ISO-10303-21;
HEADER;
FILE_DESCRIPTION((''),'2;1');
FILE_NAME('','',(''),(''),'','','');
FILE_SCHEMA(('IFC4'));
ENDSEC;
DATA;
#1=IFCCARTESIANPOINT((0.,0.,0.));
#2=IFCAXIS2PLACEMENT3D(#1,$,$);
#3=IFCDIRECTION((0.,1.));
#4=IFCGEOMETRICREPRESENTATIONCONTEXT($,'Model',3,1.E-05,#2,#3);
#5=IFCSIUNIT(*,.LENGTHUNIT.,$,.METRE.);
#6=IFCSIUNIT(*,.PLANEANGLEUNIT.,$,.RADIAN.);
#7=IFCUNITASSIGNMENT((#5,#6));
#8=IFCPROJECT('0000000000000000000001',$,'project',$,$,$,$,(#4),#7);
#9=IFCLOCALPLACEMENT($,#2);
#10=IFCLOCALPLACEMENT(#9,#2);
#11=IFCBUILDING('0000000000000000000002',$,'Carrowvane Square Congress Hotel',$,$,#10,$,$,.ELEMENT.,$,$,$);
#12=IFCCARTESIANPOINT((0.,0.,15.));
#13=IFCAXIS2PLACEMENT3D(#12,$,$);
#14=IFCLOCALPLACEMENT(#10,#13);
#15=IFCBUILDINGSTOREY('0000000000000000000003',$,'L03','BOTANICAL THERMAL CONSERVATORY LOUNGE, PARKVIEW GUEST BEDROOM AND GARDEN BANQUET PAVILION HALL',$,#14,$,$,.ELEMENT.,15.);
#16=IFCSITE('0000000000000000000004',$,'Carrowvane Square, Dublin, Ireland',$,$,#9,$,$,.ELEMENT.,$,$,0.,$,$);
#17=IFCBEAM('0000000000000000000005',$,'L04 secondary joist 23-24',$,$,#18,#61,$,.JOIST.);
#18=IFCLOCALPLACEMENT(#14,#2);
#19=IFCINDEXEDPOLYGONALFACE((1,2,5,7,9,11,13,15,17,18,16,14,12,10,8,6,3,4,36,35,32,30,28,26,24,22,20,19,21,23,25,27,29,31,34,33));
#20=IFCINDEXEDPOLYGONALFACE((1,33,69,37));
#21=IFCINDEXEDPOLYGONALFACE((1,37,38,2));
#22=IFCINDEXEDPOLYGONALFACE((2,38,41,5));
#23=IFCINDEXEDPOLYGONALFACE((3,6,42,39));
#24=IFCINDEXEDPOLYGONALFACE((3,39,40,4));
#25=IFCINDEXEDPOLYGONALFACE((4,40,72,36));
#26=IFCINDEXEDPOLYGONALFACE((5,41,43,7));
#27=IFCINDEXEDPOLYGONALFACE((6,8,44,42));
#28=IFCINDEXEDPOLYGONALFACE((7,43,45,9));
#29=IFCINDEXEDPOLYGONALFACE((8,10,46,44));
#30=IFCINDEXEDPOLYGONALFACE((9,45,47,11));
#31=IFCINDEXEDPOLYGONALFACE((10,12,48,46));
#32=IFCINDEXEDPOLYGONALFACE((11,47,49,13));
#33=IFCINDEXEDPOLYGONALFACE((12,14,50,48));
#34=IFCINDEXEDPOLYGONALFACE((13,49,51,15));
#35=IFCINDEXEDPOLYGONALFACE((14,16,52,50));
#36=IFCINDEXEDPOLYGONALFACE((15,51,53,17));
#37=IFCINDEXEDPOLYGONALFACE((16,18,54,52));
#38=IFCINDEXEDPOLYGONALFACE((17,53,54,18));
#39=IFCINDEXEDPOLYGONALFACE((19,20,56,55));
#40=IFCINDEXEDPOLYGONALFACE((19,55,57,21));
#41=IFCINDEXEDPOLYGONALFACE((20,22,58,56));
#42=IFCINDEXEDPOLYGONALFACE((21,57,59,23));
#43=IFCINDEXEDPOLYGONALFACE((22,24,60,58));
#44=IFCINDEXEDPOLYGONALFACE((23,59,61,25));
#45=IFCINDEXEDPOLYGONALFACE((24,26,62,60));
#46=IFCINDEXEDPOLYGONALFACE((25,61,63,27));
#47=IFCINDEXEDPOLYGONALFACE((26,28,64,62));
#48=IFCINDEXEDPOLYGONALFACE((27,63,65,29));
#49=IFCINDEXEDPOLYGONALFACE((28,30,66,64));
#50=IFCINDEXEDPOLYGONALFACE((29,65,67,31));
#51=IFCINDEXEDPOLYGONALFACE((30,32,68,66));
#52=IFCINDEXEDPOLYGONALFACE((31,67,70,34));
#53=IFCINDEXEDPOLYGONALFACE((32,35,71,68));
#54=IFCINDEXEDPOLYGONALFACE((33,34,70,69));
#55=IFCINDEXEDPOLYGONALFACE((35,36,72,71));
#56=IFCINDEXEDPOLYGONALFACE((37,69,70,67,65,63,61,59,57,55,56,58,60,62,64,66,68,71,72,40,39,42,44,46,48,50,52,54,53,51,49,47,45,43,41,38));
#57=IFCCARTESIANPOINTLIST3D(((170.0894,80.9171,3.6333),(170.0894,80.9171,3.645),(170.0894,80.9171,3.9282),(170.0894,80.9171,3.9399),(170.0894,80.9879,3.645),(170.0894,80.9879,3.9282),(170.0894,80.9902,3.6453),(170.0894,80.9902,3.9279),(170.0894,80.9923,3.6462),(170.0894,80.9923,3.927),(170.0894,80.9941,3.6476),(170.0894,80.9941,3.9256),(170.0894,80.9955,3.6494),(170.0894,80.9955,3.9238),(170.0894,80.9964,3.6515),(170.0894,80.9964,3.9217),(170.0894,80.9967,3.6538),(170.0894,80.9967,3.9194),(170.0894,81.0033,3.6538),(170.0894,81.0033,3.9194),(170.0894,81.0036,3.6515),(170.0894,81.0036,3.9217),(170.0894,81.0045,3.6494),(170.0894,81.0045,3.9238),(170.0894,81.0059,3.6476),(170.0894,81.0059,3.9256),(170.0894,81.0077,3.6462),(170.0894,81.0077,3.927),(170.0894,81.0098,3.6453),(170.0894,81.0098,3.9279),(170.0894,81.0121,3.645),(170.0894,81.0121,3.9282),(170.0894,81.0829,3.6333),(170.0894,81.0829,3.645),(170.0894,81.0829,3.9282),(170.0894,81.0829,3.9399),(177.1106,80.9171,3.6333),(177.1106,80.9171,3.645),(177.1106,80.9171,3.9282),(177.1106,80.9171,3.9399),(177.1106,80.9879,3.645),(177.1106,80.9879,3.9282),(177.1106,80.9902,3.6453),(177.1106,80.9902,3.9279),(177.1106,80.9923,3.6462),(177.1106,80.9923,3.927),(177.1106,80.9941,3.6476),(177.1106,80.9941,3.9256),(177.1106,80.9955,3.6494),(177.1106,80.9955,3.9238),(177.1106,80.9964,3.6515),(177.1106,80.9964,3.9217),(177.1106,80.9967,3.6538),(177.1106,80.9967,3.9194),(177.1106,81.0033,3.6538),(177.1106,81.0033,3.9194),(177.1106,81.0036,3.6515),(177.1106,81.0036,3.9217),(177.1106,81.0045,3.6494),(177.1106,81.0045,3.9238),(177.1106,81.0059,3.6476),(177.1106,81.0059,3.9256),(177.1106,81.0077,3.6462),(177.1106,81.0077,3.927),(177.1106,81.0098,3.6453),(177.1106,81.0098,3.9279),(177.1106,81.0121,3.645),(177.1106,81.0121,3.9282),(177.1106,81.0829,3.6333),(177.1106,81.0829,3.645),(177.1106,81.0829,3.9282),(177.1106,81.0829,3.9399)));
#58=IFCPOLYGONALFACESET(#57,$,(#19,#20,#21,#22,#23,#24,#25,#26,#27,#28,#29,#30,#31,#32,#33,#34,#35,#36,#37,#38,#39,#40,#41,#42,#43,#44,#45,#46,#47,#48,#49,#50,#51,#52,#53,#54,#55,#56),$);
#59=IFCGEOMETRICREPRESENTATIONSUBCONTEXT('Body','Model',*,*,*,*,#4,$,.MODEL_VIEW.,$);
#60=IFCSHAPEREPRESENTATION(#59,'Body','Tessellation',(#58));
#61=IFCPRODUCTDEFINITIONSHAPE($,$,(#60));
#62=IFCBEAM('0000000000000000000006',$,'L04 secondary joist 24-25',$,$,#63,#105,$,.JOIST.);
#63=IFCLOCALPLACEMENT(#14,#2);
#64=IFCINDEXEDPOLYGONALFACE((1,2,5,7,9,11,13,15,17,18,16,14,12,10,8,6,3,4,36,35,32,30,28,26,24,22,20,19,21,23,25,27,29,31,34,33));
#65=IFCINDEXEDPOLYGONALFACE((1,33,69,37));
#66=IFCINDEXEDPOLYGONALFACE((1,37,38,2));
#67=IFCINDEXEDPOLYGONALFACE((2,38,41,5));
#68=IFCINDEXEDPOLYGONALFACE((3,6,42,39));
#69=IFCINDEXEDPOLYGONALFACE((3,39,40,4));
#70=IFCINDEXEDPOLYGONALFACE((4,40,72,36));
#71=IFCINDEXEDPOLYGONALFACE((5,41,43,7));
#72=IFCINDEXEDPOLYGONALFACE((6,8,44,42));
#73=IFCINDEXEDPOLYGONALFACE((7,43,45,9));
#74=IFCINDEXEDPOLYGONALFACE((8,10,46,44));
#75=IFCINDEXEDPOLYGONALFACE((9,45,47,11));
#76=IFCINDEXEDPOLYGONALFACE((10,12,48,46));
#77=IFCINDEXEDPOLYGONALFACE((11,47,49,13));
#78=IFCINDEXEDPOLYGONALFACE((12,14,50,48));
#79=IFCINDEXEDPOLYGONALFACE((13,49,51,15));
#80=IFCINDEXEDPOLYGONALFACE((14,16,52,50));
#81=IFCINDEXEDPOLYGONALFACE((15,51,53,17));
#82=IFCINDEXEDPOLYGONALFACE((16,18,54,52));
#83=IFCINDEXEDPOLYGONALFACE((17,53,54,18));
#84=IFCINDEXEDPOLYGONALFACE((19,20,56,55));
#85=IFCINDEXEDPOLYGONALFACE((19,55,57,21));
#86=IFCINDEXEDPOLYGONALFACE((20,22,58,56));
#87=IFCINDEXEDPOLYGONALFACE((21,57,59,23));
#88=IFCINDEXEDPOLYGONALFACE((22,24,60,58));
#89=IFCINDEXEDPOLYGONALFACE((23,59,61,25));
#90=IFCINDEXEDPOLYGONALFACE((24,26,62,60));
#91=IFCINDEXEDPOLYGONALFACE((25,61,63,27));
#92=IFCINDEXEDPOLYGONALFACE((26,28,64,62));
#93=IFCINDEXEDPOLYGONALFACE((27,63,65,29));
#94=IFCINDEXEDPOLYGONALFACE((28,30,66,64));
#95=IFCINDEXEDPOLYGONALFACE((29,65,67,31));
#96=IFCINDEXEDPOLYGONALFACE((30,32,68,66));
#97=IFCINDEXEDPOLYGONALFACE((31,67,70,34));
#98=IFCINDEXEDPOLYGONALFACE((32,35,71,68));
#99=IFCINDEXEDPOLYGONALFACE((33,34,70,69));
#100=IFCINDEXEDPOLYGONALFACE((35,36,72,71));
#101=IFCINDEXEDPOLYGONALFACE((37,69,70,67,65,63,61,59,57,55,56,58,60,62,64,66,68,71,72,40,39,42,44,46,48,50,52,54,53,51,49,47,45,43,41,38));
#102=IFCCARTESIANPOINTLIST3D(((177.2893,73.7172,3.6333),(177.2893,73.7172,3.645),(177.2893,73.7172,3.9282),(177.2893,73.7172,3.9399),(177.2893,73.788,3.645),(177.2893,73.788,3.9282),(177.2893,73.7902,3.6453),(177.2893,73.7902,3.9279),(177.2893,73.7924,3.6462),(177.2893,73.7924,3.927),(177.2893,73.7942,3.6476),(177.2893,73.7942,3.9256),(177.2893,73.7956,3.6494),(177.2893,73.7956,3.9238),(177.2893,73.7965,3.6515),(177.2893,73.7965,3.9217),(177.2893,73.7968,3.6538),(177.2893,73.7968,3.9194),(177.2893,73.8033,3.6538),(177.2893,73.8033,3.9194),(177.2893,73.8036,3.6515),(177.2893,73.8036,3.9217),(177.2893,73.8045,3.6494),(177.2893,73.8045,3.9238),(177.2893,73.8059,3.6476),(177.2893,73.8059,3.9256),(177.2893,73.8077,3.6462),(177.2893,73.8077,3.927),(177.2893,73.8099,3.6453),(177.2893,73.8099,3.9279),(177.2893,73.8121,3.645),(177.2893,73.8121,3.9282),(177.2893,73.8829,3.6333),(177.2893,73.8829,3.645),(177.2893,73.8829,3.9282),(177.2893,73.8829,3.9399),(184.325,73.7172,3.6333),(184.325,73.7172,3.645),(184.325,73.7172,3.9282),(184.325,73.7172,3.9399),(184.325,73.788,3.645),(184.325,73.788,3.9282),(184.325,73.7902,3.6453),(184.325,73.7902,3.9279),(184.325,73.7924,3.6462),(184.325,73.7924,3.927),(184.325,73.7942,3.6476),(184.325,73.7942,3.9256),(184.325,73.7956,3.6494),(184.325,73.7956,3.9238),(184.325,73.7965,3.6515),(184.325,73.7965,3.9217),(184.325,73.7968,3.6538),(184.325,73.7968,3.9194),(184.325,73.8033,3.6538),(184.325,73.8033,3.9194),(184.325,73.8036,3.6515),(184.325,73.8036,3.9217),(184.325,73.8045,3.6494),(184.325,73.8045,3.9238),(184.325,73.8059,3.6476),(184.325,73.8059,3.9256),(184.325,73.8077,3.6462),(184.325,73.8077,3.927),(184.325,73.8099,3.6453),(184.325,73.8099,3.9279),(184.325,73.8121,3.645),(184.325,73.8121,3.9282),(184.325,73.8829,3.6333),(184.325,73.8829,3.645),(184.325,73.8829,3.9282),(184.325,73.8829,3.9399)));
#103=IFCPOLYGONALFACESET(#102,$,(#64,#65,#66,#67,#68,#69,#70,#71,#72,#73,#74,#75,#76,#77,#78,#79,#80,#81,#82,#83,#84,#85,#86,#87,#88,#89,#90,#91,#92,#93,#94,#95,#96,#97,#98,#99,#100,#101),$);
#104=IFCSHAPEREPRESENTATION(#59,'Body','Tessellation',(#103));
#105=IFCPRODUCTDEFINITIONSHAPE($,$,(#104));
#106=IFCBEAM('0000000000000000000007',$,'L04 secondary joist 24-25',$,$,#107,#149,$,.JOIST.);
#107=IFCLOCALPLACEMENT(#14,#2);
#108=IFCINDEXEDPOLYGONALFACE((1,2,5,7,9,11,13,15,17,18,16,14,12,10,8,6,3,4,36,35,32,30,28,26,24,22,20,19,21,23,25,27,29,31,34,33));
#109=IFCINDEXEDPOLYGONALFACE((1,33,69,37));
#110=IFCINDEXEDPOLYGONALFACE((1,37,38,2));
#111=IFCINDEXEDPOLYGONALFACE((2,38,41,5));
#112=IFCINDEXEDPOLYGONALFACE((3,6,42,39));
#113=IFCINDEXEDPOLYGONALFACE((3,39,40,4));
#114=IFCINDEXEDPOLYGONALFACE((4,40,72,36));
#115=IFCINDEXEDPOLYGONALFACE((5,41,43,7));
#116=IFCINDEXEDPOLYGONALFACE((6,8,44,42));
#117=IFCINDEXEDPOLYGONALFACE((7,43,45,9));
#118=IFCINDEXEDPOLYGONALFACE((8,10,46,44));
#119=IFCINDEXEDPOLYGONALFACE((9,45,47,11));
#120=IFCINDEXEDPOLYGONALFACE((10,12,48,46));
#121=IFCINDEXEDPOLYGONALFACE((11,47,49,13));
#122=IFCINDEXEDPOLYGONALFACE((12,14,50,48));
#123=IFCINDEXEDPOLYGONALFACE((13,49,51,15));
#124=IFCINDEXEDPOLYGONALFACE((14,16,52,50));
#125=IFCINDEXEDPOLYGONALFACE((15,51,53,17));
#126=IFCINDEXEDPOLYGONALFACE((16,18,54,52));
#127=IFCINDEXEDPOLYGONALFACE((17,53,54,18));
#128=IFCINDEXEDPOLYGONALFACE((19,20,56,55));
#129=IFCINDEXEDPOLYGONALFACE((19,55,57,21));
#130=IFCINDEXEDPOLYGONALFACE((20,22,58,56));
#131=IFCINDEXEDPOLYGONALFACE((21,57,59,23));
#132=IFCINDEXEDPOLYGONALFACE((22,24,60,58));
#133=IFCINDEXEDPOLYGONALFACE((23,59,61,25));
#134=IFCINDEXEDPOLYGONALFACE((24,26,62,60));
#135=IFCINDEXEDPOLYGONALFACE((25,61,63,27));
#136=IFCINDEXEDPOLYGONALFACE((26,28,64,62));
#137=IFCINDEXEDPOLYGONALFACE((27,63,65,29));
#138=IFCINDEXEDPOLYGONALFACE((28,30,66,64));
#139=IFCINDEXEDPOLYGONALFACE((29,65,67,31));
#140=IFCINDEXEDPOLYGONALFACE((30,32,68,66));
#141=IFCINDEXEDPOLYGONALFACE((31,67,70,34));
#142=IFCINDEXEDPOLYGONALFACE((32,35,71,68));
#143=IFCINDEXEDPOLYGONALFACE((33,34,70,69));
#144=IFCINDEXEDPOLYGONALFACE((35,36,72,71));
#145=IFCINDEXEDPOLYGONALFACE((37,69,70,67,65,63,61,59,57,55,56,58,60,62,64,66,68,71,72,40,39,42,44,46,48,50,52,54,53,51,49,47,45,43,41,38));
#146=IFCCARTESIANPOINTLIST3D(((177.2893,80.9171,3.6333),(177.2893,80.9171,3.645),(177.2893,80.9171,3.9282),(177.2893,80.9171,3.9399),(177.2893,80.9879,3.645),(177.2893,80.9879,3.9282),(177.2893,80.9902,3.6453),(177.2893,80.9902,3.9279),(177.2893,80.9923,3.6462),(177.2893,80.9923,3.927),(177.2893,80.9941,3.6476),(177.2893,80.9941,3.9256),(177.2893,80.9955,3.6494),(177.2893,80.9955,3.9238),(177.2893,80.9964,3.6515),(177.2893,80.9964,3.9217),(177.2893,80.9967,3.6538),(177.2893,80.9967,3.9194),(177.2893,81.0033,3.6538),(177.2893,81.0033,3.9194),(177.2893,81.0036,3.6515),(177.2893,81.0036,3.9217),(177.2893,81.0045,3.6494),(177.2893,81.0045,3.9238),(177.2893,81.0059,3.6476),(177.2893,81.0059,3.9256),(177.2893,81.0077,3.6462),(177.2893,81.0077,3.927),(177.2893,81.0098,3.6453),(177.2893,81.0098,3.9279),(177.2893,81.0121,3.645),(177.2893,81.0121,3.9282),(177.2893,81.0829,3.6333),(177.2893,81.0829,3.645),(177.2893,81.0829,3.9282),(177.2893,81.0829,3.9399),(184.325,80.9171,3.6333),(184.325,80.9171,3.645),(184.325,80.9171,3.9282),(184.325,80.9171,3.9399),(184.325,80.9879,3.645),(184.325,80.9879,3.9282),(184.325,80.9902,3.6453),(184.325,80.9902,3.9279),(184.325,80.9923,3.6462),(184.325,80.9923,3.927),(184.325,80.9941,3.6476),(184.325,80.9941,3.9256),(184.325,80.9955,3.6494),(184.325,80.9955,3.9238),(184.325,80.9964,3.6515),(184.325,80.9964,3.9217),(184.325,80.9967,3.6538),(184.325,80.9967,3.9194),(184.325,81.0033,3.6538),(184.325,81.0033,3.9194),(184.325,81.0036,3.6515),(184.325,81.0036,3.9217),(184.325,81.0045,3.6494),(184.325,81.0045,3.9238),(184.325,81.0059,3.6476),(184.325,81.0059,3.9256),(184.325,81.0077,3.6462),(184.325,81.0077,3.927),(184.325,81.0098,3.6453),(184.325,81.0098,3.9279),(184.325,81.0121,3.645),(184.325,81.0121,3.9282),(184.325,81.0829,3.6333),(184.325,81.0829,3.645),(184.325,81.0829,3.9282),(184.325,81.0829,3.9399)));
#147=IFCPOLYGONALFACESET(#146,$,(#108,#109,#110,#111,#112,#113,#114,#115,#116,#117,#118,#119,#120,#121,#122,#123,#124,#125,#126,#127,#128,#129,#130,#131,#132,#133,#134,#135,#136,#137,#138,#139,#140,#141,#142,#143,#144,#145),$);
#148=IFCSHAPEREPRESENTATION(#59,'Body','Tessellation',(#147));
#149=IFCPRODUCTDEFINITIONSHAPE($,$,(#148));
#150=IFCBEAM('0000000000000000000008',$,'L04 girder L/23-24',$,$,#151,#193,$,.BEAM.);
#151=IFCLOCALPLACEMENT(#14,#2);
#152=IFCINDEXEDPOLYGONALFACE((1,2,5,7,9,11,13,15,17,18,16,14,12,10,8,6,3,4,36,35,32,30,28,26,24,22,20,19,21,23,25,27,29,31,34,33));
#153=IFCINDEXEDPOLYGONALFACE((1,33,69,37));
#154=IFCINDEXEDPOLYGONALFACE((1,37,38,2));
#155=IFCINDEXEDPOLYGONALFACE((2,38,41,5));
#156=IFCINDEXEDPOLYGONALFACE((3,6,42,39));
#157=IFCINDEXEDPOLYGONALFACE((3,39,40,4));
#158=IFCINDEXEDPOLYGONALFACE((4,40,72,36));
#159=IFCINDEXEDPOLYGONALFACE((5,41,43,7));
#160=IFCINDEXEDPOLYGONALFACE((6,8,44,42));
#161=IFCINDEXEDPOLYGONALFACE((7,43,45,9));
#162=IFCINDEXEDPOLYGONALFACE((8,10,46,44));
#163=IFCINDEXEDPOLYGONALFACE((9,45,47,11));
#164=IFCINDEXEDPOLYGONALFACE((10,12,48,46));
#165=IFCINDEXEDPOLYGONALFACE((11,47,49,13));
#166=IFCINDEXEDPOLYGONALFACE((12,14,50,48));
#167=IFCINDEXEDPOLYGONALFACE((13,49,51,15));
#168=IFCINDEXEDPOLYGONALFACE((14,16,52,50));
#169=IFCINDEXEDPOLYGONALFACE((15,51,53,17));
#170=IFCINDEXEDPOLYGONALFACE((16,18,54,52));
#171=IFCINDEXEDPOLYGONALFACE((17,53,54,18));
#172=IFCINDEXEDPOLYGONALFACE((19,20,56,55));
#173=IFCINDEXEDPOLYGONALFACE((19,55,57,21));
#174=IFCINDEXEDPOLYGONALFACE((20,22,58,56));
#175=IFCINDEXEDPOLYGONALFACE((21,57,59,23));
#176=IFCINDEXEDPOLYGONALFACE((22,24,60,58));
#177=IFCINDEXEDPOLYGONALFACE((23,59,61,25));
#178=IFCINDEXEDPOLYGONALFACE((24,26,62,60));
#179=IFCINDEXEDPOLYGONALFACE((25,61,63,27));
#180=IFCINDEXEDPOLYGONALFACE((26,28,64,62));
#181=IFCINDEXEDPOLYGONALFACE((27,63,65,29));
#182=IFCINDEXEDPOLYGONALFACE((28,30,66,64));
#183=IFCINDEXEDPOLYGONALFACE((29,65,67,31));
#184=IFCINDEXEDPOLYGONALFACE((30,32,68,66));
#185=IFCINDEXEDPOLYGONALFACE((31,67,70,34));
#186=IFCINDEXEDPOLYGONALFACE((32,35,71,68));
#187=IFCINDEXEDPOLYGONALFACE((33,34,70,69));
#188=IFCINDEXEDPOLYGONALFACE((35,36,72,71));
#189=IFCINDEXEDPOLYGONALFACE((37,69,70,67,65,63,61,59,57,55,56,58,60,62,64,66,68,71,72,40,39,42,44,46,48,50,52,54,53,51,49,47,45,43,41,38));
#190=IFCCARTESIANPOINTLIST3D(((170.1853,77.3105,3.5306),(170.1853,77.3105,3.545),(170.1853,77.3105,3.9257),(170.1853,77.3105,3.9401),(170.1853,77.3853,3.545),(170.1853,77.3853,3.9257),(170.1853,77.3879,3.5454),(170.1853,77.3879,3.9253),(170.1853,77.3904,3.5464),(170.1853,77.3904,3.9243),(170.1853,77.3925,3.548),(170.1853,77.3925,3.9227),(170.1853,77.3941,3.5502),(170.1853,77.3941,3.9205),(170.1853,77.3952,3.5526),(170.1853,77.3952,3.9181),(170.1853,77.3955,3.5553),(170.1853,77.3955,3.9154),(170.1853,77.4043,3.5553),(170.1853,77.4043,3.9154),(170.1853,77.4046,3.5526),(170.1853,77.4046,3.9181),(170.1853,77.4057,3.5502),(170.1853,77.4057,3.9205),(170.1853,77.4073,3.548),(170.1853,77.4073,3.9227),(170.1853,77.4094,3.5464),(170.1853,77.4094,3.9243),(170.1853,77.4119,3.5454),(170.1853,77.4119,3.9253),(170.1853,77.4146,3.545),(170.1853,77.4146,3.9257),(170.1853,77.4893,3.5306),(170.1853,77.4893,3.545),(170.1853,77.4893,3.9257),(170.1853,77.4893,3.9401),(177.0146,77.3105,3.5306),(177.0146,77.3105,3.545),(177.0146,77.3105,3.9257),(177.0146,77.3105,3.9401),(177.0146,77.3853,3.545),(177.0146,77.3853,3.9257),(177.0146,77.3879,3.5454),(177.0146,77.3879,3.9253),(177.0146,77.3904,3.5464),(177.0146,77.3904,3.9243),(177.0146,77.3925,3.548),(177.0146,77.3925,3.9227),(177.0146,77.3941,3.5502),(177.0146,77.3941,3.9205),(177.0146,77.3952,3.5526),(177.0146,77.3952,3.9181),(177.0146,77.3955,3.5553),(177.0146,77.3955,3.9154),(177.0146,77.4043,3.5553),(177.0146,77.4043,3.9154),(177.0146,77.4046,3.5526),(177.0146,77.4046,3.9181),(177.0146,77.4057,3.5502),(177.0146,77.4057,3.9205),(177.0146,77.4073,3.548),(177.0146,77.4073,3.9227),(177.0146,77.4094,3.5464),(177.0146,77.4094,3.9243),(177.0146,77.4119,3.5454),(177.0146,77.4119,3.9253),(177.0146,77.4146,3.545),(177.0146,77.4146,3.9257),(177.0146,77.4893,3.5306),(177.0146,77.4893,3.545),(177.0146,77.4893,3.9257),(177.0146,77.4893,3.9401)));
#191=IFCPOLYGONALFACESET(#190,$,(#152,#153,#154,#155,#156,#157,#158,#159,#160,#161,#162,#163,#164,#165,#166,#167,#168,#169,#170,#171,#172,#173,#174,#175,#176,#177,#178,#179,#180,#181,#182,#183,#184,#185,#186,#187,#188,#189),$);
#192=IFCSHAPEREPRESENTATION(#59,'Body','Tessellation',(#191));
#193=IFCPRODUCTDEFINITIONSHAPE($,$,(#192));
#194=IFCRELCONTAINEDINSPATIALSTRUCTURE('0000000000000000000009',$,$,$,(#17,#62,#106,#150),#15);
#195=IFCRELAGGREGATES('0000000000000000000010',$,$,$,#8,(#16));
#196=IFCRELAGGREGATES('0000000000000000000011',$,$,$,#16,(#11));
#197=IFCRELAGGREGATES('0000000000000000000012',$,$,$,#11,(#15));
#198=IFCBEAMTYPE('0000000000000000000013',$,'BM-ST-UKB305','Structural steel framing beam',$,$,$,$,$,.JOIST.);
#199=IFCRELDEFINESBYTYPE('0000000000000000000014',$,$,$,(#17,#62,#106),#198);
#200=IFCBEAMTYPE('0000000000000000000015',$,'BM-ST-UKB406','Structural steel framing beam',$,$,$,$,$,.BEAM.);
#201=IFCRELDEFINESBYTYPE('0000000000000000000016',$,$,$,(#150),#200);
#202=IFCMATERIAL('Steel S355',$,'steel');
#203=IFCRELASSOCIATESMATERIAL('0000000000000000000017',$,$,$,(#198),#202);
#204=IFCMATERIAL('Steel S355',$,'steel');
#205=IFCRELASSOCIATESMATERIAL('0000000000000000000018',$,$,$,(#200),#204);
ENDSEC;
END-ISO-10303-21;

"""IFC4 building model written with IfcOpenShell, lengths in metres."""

from ifc_helpers import new_model, si_unit, direction, frame, origin, origin_2d, place, context, subcontext, project, spatial, i_section, extrude, material, material_profile, profile_set, type_object, element, save


model = new_model("IFC4")

# Units and contexts
model_context = context("Model", 3, precision=1e-05, world=origin(), true_north=direction((0.0, 1.0)))
body_context = subcontext(model_context, "Body", "Model", "MODEL_VIEW")
ifc_project = project(units=[si_unit("LENGTHUNIT", "METRE"), si_unit("PLANEANGLEUNIT", "RADIAN")], contexts=[model_context])

# Site, building, storey
site_placement = place(None, origin())
site = spatial("IfcSite", under=ifc_project, at=site_placement, Name="Carrowvane Square, Dublin, Ireland", CompositionType="ELEMENT", RefElevation=0.0)
building_placement = place(site_placement, origin())
building = spatial("IfcBuilding", under=site, at=building_placement, Name="Carrowvane Square Congress Hotel", CompositionType="ELEMENT")
storey_placement = place(building_placement, frame((0.0, 0.0, 15.0)))
storey = spatial("IfcBuildingStorey", under=building, at=storey_placement, Name="L03", Description="BOTANICAL THERMAL CONSERVATORY LOUNGE, PARKVIEW GUEST BEDROOM AND GARDEN BANQUET PAVILION HALL", CompositionType="ELEMENT", Elevation=15.0)

# Beams
ifc_material_1 = material(Name="Steel S355", Category="steel")
ifc_material_profile_1 = material_profile(ifc_material_1, i_section(OverallWidth=0.1658, OverallDepth=0.3066, WebThickness=0.0066, FlangeThickness=0.0117, FilletRadius=0.0088, at=origin_2d()), Name="UKB 305x165x46")
ifc_profile_set_1 = profile_set([ifc_material_profile_1], Name="Steel S355")
beam_type_1 = type_object("IfcBeamType", Name="BM-ST-UKB305", Description="Structural steel framing beam", PredefinedType="JOIST", material=ifc_profile_set_1)
for number, where, z_axis, x_axis, name in (
    (1, (170.0894, 81.0, 3.7866), (1.0, 0.0, 0.0), (0.0, 1.0, 0.0), "L04 secondary joist 23-24"),
):
    element("IfcBeam", number, at=place(storey_placement, frame(where, z_axis=z_axis, x_axis=x_axis)), inside=storey, type_object=beam_type_1, Name=name, PredefinedType="JOIST", context=body_context, shape_type="SweptSolid", body=[
        extrude(i_section(OverallWidth=0.1658, OverallDepth=0.3066, WebThickness=0.0066, FlangeThickness=0.0117, FilletRadius=0.0088, at=origin_2d()), origin(), (0.0, 0.0, 1.0), 7.0212),
    ])
for number, where, z_axis, x_axis, name in (
    (2, (177.2893, 73.8, 3.7866), (1.0, 0.0, 0.0), (0.0, 1.0, 0.0), "L04 secondary joist 24-25"),
    (3, (177.2893, 81.0, 3.7866), (1.0, 0.0, 0.0), (0.0, 1.0, 0.0), "L04 secondary joist 24-25"),
):
    element("IfcBeam", number, at=place(storey_placement, frame(where, z_axis=z_axis, x_axis=x_axis)), inside=storey, type_object=beam_type_1, Name=name, PredefinedType="JOIST", context=body_context, shape_type="SweptSolid", body=[
        extrude(i_section(OverallWidth=0.1658, OverallDepth=0.3066, WebThickness=0.0066, FlangeThickness=0.0117, FilletRadius=0.0088, at=origin_2d()), origin(), (0.0, 0.0, 1.0), 7.0356),
    ])
ifc_material_2 = material(Name="Steel S355", Category="steel")
ifc_material_profile_2 = material_profile(ifc_material_2, i_section(OverallWidth=0.1787, OverallDepth=0.4094, WebThickness=0.0088, FlangeThickness=0.0144, FilletRadius=0.0103, at=origin_2d()), Name="UKB 406x178x67")
ifc_profile_set_2 = profile_set([ifc_material_profile_2], Name="Steel S355")
beam_type_2 = type_object("IfcBeamType", Name="BM-ST-UKB406", Description="Structural steel framing beam", PredefinedType="BEAM", material=ifc_profile_set_2)
beam_1_placement = place(storey_placement, frame((170.1853, 77.3999, 3.7354), z_axis=(1.0, 0.0, 0.0), x_axis=(0.0, 1.0, 0.0)))
element("IfcBeam", 4, at=beam_1_placement, inside=storey, type_object=beam_type_2, Name="L04 girder L/23-24", PredefinedType="BEAM", context=body_context, shape_type="SweptSolid", body=[
    extrude(i_section(OverallWidth=0.1787, OverallDepth=0.4094, WebThickness=0.0088, FlangeThickness=0.0144, FilletRadius=0.0103, at=origin_2d()), origin(), (0.0, 0.0, 1.0), 6.8293),
])

save(model, "model.ifc")
